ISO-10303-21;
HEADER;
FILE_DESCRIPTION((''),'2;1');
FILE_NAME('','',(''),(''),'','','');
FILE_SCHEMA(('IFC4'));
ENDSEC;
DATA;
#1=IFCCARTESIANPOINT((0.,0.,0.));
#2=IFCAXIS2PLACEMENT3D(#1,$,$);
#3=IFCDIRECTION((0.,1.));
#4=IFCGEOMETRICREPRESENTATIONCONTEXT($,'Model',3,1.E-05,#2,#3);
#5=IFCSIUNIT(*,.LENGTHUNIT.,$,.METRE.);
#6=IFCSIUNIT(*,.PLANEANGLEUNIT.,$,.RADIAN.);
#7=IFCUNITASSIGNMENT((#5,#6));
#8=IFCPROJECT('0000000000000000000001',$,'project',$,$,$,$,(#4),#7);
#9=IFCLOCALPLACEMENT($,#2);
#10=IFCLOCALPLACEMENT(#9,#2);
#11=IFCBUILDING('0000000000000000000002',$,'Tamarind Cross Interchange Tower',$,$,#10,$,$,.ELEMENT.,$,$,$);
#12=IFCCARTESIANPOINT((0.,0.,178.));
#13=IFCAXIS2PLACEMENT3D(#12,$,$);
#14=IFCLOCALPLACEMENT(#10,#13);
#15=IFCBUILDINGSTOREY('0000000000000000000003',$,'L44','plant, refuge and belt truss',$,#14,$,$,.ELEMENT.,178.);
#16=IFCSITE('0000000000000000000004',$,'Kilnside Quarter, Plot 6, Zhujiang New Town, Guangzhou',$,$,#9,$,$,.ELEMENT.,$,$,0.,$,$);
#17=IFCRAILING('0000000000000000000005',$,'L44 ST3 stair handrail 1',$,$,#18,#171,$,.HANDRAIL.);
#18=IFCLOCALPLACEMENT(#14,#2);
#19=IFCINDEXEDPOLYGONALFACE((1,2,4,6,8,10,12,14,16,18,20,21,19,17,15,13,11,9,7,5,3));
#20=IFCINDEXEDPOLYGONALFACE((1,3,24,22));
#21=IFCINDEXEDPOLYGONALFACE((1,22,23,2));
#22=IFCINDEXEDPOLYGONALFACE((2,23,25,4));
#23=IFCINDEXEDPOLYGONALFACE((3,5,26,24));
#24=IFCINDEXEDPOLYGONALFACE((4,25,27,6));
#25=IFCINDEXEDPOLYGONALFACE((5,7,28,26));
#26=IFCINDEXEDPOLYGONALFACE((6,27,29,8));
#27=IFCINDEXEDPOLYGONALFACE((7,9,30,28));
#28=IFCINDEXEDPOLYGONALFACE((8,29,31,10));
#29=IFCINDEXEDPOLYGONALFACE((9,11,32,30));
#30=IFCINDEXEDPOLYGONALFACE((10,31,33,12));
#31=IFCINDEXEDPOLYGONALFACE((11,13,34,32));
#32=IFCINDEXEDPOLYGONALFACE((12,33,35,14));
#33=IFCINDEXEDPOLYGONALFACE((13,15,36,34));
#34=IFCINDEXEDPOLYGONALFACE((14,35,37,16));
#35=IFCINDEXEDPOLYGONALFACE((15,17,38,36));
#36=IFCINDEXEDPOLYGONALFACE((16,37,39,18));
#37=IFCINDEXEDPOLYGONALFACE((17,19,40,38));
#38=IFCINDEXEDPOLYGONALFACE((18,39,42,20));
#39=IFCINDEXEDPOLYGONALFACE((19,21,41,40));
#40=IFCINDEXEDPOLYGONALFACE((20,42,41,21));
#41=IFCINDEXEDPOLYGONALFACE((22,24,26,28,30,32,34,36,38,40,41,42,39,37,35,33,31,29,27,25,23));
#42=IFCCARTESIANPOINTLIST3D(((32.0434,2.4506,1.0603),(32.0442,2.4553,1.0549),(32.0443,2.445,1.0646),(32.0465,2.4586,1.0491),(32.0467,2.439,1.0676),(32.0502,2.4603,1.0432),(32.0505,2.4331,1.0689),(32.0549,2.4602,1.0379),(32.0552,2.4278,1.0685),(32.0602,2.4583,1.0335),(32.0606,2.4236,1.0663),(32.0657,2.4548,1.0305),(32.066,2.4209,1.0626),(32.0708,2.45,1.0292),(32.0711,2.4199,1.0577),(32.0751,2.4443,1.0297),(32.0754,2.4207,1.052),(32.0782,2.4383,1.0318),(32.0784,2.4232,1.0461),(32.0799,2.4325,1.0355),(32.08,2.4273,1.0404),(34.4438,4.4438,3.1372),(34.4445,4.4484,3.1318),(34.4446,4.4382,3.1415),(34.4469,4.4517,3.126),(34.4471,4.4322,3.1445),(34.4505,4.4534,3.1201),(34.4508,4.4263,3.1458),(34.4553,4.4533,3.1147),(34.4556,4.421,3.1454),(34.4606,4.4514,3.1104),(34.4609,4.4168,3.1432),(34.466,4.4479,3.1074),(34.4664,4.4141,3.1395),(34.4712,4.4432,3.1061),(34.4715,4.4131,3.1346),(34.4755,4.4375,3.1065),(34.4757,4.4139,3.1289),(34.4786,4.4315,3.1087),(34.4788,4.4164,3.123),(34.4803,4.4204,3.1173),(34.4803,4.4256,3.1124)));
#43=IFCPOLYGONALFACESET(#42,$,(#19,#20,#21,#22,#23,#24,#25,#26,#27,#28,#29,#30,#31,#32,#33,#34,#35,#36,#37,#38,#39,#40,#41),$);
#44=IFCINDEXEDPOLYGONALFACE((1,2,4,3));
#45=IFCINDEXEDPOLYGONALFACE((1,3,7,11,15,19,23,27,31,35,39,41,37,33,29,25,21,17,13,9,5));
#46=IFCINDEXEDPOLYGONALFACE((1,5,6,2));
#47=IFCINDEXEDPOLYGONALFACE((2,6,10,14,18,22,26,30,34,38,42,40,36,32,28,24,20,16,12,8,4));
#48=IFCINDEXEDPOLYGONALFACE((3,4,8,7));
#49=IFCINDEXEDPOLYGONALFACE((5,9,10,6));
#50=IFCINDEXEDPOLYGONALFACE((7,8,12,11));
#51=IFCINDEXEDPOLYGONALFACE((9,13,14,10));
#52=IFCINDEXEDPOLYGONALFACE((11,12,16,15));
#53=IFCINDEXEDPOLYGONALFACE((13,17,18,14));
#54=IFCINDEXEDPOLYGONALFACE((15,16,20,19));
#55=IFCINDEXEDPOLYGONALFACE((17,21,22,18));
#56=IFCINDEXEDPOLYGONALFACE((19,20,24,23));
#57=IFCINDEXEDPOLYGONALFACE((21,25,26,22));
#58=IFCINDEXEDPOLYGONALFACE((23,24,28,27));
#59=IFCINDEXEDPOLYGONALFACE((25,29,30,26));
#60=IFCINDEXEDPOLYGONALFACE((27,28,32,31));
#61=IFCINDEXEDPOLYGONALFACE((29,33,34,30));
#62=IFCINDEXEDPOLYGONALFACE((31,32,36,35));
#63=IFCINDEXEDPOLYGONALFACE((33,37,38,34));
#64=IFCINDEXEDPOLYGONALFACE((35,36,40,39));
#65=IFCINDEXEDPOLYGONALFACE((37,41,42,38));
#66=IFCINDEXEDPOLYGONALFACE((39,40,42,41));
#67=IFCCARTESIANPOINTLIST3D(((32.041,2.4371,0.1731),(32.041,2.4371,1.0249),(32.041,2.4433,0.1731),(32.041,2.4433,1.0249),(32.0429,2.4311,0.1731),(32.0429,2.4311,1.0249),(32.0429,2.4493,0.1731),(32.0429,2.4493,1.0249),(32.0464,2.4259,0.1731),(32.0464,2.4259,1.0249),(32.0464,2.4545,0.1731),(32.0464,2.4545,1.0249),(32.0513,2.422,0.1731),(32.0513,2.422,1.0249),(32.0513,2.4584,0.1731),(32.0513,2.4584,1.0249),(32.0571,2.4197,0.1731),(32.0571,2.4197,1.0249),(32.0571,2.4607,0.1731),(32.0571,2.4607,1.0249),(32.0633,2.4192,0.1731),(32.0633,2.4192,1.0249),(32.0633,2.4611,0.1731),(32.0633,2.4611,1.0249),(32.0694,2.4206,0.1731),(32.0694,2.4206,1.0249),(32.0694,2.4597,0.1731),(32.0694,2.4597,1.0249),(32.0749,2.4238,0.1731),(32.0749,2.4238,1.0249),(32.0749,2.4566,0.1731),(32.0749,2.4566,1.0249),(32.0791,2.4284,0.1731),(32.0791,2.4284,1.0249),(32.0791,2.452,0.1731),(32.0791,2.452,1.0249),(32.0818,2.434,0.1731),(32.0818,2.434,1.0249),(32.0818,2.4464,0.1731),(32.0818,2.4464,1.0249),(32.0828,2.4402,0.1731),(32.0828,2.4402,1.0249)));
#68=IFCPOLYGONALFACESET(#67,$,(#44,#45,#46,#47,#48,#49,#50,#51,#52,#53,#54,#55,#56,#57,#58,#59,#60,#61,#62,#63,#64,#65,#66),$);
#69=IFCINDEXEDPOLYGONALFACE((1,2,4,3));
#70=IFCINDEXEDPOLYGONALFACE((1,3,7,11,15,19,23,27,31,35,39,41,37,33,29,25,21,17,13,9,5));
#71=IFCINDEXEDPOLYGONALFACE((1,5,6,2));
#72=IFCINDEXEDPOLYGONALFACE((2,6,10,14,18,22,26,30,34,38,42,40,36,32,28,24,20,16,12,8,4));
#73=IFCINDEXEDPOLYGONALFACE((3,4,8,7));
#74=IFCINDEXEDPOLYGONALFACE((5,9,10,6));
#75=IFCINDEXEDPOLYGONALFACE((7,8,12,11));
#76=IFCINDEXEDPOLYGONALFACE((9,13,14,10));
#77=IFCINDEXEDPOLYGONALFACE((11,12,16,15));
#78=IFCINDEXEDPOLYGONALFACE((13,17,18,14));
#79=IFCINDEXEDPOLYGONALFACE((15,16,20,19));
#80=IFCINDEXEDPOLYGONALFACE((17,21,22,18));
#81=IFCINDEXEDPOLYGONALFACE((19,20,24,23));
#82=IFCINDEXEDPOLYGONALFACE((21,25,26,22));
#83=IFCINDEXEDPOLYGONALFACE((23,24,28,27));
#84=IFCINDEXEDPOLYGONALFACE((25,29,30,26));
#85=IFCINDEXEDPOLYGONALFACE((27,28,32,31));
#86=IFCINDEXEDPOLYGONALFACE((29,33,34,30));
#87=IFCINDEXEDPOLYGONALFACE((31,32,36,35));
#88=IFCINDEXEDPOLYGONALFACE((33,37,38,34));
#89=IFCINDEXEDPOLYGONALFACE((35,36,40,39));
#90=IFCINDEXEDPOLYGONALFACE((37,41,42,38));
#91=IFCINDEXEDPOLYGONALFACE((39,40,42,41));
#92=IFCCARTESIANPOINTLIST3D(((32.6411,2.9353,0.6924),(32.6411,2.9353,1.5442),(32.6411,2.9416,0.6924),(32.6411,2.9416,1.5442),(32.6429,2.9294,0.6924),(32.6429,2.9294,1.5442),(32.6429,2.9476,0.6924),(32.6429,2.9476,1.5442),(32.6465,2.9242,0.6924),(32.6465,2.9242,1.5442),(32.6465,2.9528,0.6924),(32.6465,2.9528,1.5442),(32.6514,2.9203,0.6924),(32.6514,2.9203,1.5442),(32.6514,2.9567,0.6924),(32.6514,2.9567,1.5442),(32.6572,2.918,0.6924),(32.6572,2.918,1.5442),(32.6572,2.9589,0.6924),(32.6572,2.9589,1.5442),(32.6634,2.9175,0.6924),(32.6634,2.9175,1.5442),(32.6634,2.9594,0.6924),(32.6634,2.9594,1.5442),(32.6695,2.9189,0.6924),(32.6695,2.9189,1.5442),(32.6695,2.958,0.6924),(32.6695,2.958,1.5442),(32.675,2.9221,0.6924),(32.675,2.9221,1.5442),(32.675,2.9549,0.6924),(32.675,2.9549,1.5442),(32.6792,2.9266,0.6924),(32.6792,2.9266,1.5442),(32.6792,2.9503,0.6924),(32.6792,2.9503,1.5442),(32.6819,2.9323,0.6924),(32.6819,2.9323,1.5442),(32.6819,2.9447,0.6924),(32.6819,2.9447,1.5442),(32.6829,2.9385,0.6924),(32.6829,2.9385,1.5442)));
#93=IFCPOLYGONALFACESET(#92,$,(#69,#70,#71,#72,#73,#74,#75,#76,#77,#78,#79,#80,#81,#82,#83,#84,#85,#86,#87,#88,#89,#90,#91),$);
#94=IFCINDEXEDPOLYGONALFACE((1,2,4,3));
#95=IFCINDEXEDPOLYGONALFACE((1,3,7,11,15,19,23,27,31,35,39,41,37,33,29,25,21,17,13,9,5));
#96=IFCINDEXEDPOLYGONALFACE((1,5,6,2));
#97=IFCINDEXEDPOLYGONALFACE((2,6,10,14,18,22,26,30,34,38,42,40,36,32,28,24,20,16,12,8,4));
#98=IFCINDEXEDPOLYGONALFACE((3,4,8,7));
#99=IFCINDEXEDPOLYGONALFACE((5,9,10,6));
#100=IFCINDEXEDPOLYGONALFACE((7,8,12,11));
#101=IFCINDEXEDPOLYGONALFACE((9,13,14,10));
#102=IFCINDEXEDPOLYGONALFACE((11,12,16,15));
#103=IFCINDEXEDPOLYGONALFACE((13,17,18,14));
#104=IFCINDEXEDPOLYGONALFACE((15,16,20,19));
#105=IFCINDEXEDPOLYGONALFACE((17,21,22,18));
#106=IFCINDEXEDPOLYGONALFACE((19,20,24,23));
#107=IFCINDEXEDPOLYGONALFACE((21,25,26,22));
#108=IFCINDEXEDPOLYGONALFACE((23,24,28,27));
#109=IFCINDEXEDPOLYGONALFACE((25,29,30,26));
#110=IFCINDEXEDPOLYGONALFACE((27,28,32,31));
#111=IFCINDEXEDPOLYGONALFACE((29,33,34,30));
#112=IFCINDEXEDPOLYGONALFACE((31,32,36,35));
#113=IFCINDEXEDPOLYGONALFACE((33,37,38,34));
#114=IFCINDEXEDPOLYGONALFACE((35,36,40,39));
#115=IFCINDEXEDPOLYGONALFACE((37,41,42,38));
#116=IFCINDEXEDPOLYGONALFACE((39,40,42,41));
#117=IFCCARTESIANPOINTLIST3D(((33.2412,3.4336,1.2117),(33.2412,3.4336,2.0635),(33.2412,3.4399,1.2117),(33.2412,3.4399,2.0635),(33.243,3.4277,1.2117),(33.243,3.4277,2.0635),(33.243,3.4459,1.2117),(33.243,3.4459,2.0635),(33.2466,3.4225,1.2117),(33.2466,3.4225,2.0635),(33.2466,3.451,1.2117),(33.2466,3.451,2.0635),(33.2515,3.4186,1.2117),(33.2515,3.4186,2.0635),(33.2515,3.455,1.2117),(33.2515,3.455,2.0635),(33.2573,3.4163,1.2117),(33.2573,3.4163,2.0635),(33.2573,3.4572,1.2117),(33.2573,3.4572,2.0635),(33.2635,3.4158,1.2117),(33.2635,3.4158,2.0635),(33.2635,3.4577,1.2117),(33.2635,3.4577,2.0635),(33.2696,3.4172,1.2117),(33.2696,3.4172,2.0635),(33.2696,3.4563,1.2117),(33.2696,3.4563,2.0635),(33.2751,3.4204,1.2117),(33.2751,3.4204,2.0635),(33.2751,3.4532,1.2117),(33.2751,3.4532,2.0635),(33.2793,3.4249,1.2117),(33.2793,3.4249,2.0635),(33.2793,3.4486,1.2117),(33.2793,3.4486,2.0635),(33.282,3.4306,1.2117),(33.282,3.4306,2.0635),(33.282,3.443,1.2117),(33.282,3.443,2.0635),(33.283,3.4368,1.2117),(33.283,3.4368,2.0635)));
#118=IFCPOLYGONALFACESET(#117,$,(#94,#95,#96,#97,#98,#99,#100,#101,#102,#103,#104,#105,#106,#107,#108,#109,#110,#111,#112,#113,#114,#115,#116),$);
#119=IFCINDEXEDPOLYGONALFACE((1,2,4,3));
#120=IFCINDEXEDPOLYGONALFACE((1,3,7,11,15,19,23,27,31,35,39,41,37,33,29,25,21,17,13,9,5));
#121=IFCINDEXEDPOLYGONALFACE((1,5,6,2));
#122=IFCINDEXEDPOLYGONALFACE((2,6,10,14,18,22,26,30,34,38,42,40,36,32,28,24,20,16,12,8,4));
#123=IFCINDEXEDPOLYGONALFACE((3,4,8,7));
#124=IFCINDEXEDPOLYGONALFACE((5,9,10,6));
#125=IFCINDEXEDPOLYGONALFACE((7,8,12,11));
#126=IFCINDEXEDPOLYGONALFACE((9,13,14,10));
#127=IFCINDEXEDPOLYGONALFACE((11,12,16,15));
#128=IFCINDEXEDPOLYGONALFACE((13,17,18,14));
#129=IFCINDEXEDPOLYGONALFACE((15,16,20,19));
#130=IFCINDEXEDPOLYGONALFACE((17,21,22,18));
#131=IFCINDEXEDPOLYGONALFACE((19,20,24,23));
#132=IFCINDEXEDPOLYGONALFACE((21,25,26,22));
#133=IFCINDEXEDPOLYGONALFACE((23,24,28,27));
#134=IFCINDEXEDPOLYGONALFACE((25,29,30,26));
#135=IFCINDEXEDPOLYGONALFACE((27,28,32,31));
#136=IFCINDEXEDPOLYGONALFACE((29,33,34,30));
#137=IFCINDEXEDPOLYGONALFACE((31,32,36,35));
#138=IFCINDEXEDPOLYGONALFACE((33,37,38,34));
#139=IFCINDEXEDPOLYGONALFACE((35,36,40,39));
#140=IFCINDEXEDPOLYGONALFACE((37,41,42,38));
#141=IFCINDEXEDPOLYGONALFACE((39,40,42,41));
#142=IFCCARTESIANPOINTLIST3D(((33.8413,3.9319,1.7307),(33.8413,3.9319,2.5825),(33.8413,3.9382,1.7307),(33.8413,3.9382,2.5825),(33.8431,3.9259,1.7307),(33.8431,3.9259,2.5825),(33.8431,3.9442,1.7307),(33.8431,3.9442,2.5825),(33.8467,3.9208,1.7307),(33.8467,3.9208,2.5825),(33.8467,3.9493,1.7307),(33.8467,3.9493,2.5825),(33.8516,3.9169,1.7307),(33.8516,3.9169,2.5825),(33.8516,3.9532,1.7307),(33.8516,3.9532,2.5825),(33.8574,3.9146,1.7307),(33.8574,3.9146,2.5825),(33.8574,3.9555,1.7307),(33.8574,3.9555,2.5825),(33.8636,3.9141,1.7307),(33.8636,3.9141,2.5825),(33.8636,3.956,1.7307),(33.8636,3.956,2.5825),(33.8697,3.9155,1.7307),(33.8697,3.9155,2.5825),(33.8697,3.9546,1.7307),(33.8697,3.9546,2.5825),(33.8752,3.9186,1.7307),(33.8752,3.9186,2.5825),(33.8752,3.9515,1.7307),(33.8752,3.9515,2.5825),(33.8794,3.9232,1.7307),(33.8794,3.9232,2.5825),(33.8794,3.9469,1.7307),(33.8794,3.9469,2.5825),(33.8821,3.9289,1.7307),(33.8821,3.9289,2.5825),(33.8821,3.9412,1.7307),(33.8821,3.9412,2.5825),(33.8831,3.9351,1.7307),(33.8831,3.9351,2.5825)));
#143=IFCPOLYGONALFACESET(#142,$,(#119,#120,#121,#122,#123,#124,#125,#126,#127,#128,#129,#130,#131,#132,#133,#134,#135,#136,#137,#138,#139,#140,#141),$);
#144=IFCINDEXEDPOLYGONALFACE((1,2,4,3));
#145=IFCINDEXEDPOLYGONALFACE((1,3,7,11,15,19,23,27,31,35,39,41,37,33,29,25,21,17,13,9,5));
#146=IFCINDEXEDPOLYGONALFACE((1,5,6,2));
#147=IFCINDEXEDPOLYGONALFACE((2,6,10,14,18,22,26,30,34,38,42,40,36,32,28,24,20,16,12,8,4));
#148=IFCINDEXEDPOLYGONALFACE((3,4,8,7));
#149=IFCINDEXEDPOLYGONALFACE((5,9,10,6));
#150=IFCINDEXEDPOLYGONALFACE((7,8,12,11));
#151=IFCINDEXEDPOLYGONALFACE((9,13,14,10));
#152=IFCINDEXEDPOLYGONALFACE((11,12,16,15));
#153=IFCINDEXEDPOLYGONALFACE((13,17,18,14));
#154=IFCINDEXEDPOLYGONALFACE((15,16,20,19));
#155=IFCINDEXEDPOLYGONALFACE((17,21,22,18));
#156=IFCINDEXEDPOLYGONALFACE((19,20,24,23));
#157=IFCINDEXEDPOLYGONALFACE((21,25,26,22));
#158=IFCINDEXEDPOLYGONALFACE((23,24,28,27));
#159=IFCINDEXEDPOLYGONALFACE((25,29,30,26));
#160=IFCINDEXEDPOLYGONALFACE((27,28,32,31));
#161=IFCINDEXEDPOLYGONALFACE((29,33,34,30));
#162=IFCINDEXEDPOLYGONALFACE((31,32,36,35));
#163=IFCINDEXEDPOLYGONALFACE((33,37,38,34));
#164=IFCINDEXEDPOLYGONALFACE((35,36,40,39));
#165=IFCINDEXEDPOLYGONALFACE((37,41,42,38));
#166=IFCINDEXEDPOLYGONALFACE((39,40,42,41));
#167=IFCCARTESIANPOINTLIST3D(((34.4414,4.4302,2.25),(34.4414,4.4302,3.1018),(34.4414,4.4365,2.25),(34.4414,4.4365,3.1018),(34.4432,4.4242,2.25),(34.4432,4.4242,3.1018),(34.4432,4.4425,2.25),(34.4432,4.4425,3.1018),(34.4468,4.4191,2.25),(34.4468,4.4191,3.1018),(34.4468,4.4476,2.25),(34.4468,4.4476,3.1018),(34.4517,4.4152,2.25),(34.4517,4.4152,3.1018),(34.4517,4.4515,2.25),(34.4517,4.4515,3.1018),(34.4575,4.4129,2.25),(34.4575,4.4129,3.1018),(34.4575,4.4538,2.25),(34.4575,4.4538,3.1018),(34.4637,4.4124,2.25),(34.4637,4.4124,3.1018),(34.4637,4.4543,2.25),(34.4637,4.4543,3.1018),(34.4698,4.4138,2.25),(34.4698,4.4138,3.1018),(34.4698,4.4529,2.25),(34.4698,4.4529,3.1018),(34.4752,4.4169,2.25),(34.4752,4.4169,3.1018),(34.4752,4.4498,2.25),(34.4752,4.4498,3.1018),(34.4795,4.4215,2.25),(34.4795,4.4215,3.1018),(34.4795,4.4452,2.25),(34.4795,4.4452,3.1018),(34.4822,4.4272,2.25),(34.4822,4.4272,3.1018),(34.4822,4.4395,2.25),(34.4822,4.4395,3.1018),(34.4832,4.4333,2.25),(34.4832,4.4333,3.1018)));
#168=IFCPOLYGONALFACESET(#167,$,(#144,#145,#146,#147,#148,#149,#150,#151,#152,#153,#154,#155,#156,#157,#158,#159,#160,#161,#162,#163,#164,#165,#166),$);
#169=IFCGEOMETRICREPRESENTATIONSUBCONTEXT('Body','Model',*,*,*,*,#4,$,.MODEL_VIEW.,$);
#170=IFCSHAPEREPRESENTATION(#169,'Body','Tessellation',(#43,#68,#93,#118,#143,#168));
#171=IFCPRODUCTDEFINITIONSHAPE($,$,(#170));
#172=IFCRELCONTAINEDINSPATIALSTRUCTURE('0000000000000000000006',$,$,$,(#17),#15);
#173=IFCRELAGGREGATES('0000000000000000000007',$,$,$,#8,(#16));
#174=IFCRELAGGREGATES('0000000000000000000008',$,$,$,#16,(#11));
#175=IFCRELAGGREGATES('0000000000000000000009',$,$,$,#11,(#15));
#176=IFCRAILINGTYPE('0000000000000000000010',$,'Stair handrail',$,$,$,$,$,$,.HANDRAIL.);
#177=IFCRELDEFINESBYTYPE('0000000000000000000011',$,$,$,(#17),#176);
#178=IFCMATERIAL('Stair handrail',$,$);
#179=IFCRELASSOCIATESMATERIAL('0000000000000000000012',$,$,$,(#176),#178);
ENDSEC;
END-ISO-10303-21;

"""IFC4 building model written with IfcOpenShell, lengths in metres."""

from ifc_helpers import new_model, si_unit, direction, frame, origin, origin_2d, place, context, subcontext, project, spatial, circle, extrude, material, type_object, element, save


model = new_model("IFC4")

# Units and contexts
model_context = context("Model", 3, precision=1e-05, world=origin(), true_north=direction((0.0, 1.0)))
body_context = subcontext(model_context, "Body", "Model", "MODEL_VIEW")
ifc_project = project(units=[si_unit("LENGTHUNIT", "METRE"), si_unit("PLANEANGLEUNIT", "RADIAN")], contexts=[model_context])

# Site, building, storey
site_placement = place(None, origin())
site = spatial("IfcSite", under=ifc_project, at=site_placement, Name="Kilnside Quarter, Plot 6, Zhujiang New Town, Guangzhou", CompositionType="ELEMENT", RefElevation=0.0)
building_placement = place(site_placement, origin())
building = spatial("IfcBuilding", under=site, at=building_placement, Name="Tamarind Cross Interchange Tower", CompositionType="ELEMENT")
storey_placement = place(building_placement, frame((0.0, 0.0, 178.0)))
storey = spatial("IfcBuildingStorey", under=building, at=storey_placement, Name="L44", Description="plant, refuge and belt truss", CompositionType="ELEMENT", Elevation=178.0)

# Railing
ifc_material_1 = material(Name="Stair handrail")
railing_type_1 = type_object("IfcRailingType", Name="Stair handrail", PredefinedType="HANDRAIL", material=ifc_material_1)
railing_1_placement = place(storey_placement, frame((32.0618, 2.4402, 0.1731)))
element("IfcRailing", 1, at=railing_1_placement, inside=storey, type_object=railing_type_1, Name="L44 ST3 stair handrail 1", PredefinedType="HANDRAIL", context=body_context, shape_type="SweptSolid", body=[
    extrude(circle(Radius=0.0239, at=origin_2d()), frame((0.0, 0.0, 0.876), z_axis=(0.640432, 0.531783, 0.554125), x_axis=(-0.638829, 0.769349, 0.0)), (0.0, 0.0, 1.0), 3.748),
    extrude(circle(Radius=0.021, at=origin_2d()), origin(), (0.0, 0.0, 1.0), 0.8518),
    extrude(circle(Radius=0.021, at=origin_2d()), frame((0.6001, 0.4983, 0.5193)), (0.0, 0.0, 1.0), 0.8518),
    extrude(circle(Radius=0.021, at=origin_2d()), frame((1.2002, 0.9966, 1.0386)), (0.0, 0.0, 1.0), 0.8518),
    extrude(circle(Radius=0.021, at=origin_2d()), frame((1.8003, 1.4949, 1.5576)), (0.0, 0.0, 1.0), 0.8518),
    extrude(circle(Radius=0.021, at=origin_2d()), frame((2.4004, 1.9932, 2.0769)), (0.0, 0.0, 1.0), 0.8518),
])

save(model, "model.ifc")
